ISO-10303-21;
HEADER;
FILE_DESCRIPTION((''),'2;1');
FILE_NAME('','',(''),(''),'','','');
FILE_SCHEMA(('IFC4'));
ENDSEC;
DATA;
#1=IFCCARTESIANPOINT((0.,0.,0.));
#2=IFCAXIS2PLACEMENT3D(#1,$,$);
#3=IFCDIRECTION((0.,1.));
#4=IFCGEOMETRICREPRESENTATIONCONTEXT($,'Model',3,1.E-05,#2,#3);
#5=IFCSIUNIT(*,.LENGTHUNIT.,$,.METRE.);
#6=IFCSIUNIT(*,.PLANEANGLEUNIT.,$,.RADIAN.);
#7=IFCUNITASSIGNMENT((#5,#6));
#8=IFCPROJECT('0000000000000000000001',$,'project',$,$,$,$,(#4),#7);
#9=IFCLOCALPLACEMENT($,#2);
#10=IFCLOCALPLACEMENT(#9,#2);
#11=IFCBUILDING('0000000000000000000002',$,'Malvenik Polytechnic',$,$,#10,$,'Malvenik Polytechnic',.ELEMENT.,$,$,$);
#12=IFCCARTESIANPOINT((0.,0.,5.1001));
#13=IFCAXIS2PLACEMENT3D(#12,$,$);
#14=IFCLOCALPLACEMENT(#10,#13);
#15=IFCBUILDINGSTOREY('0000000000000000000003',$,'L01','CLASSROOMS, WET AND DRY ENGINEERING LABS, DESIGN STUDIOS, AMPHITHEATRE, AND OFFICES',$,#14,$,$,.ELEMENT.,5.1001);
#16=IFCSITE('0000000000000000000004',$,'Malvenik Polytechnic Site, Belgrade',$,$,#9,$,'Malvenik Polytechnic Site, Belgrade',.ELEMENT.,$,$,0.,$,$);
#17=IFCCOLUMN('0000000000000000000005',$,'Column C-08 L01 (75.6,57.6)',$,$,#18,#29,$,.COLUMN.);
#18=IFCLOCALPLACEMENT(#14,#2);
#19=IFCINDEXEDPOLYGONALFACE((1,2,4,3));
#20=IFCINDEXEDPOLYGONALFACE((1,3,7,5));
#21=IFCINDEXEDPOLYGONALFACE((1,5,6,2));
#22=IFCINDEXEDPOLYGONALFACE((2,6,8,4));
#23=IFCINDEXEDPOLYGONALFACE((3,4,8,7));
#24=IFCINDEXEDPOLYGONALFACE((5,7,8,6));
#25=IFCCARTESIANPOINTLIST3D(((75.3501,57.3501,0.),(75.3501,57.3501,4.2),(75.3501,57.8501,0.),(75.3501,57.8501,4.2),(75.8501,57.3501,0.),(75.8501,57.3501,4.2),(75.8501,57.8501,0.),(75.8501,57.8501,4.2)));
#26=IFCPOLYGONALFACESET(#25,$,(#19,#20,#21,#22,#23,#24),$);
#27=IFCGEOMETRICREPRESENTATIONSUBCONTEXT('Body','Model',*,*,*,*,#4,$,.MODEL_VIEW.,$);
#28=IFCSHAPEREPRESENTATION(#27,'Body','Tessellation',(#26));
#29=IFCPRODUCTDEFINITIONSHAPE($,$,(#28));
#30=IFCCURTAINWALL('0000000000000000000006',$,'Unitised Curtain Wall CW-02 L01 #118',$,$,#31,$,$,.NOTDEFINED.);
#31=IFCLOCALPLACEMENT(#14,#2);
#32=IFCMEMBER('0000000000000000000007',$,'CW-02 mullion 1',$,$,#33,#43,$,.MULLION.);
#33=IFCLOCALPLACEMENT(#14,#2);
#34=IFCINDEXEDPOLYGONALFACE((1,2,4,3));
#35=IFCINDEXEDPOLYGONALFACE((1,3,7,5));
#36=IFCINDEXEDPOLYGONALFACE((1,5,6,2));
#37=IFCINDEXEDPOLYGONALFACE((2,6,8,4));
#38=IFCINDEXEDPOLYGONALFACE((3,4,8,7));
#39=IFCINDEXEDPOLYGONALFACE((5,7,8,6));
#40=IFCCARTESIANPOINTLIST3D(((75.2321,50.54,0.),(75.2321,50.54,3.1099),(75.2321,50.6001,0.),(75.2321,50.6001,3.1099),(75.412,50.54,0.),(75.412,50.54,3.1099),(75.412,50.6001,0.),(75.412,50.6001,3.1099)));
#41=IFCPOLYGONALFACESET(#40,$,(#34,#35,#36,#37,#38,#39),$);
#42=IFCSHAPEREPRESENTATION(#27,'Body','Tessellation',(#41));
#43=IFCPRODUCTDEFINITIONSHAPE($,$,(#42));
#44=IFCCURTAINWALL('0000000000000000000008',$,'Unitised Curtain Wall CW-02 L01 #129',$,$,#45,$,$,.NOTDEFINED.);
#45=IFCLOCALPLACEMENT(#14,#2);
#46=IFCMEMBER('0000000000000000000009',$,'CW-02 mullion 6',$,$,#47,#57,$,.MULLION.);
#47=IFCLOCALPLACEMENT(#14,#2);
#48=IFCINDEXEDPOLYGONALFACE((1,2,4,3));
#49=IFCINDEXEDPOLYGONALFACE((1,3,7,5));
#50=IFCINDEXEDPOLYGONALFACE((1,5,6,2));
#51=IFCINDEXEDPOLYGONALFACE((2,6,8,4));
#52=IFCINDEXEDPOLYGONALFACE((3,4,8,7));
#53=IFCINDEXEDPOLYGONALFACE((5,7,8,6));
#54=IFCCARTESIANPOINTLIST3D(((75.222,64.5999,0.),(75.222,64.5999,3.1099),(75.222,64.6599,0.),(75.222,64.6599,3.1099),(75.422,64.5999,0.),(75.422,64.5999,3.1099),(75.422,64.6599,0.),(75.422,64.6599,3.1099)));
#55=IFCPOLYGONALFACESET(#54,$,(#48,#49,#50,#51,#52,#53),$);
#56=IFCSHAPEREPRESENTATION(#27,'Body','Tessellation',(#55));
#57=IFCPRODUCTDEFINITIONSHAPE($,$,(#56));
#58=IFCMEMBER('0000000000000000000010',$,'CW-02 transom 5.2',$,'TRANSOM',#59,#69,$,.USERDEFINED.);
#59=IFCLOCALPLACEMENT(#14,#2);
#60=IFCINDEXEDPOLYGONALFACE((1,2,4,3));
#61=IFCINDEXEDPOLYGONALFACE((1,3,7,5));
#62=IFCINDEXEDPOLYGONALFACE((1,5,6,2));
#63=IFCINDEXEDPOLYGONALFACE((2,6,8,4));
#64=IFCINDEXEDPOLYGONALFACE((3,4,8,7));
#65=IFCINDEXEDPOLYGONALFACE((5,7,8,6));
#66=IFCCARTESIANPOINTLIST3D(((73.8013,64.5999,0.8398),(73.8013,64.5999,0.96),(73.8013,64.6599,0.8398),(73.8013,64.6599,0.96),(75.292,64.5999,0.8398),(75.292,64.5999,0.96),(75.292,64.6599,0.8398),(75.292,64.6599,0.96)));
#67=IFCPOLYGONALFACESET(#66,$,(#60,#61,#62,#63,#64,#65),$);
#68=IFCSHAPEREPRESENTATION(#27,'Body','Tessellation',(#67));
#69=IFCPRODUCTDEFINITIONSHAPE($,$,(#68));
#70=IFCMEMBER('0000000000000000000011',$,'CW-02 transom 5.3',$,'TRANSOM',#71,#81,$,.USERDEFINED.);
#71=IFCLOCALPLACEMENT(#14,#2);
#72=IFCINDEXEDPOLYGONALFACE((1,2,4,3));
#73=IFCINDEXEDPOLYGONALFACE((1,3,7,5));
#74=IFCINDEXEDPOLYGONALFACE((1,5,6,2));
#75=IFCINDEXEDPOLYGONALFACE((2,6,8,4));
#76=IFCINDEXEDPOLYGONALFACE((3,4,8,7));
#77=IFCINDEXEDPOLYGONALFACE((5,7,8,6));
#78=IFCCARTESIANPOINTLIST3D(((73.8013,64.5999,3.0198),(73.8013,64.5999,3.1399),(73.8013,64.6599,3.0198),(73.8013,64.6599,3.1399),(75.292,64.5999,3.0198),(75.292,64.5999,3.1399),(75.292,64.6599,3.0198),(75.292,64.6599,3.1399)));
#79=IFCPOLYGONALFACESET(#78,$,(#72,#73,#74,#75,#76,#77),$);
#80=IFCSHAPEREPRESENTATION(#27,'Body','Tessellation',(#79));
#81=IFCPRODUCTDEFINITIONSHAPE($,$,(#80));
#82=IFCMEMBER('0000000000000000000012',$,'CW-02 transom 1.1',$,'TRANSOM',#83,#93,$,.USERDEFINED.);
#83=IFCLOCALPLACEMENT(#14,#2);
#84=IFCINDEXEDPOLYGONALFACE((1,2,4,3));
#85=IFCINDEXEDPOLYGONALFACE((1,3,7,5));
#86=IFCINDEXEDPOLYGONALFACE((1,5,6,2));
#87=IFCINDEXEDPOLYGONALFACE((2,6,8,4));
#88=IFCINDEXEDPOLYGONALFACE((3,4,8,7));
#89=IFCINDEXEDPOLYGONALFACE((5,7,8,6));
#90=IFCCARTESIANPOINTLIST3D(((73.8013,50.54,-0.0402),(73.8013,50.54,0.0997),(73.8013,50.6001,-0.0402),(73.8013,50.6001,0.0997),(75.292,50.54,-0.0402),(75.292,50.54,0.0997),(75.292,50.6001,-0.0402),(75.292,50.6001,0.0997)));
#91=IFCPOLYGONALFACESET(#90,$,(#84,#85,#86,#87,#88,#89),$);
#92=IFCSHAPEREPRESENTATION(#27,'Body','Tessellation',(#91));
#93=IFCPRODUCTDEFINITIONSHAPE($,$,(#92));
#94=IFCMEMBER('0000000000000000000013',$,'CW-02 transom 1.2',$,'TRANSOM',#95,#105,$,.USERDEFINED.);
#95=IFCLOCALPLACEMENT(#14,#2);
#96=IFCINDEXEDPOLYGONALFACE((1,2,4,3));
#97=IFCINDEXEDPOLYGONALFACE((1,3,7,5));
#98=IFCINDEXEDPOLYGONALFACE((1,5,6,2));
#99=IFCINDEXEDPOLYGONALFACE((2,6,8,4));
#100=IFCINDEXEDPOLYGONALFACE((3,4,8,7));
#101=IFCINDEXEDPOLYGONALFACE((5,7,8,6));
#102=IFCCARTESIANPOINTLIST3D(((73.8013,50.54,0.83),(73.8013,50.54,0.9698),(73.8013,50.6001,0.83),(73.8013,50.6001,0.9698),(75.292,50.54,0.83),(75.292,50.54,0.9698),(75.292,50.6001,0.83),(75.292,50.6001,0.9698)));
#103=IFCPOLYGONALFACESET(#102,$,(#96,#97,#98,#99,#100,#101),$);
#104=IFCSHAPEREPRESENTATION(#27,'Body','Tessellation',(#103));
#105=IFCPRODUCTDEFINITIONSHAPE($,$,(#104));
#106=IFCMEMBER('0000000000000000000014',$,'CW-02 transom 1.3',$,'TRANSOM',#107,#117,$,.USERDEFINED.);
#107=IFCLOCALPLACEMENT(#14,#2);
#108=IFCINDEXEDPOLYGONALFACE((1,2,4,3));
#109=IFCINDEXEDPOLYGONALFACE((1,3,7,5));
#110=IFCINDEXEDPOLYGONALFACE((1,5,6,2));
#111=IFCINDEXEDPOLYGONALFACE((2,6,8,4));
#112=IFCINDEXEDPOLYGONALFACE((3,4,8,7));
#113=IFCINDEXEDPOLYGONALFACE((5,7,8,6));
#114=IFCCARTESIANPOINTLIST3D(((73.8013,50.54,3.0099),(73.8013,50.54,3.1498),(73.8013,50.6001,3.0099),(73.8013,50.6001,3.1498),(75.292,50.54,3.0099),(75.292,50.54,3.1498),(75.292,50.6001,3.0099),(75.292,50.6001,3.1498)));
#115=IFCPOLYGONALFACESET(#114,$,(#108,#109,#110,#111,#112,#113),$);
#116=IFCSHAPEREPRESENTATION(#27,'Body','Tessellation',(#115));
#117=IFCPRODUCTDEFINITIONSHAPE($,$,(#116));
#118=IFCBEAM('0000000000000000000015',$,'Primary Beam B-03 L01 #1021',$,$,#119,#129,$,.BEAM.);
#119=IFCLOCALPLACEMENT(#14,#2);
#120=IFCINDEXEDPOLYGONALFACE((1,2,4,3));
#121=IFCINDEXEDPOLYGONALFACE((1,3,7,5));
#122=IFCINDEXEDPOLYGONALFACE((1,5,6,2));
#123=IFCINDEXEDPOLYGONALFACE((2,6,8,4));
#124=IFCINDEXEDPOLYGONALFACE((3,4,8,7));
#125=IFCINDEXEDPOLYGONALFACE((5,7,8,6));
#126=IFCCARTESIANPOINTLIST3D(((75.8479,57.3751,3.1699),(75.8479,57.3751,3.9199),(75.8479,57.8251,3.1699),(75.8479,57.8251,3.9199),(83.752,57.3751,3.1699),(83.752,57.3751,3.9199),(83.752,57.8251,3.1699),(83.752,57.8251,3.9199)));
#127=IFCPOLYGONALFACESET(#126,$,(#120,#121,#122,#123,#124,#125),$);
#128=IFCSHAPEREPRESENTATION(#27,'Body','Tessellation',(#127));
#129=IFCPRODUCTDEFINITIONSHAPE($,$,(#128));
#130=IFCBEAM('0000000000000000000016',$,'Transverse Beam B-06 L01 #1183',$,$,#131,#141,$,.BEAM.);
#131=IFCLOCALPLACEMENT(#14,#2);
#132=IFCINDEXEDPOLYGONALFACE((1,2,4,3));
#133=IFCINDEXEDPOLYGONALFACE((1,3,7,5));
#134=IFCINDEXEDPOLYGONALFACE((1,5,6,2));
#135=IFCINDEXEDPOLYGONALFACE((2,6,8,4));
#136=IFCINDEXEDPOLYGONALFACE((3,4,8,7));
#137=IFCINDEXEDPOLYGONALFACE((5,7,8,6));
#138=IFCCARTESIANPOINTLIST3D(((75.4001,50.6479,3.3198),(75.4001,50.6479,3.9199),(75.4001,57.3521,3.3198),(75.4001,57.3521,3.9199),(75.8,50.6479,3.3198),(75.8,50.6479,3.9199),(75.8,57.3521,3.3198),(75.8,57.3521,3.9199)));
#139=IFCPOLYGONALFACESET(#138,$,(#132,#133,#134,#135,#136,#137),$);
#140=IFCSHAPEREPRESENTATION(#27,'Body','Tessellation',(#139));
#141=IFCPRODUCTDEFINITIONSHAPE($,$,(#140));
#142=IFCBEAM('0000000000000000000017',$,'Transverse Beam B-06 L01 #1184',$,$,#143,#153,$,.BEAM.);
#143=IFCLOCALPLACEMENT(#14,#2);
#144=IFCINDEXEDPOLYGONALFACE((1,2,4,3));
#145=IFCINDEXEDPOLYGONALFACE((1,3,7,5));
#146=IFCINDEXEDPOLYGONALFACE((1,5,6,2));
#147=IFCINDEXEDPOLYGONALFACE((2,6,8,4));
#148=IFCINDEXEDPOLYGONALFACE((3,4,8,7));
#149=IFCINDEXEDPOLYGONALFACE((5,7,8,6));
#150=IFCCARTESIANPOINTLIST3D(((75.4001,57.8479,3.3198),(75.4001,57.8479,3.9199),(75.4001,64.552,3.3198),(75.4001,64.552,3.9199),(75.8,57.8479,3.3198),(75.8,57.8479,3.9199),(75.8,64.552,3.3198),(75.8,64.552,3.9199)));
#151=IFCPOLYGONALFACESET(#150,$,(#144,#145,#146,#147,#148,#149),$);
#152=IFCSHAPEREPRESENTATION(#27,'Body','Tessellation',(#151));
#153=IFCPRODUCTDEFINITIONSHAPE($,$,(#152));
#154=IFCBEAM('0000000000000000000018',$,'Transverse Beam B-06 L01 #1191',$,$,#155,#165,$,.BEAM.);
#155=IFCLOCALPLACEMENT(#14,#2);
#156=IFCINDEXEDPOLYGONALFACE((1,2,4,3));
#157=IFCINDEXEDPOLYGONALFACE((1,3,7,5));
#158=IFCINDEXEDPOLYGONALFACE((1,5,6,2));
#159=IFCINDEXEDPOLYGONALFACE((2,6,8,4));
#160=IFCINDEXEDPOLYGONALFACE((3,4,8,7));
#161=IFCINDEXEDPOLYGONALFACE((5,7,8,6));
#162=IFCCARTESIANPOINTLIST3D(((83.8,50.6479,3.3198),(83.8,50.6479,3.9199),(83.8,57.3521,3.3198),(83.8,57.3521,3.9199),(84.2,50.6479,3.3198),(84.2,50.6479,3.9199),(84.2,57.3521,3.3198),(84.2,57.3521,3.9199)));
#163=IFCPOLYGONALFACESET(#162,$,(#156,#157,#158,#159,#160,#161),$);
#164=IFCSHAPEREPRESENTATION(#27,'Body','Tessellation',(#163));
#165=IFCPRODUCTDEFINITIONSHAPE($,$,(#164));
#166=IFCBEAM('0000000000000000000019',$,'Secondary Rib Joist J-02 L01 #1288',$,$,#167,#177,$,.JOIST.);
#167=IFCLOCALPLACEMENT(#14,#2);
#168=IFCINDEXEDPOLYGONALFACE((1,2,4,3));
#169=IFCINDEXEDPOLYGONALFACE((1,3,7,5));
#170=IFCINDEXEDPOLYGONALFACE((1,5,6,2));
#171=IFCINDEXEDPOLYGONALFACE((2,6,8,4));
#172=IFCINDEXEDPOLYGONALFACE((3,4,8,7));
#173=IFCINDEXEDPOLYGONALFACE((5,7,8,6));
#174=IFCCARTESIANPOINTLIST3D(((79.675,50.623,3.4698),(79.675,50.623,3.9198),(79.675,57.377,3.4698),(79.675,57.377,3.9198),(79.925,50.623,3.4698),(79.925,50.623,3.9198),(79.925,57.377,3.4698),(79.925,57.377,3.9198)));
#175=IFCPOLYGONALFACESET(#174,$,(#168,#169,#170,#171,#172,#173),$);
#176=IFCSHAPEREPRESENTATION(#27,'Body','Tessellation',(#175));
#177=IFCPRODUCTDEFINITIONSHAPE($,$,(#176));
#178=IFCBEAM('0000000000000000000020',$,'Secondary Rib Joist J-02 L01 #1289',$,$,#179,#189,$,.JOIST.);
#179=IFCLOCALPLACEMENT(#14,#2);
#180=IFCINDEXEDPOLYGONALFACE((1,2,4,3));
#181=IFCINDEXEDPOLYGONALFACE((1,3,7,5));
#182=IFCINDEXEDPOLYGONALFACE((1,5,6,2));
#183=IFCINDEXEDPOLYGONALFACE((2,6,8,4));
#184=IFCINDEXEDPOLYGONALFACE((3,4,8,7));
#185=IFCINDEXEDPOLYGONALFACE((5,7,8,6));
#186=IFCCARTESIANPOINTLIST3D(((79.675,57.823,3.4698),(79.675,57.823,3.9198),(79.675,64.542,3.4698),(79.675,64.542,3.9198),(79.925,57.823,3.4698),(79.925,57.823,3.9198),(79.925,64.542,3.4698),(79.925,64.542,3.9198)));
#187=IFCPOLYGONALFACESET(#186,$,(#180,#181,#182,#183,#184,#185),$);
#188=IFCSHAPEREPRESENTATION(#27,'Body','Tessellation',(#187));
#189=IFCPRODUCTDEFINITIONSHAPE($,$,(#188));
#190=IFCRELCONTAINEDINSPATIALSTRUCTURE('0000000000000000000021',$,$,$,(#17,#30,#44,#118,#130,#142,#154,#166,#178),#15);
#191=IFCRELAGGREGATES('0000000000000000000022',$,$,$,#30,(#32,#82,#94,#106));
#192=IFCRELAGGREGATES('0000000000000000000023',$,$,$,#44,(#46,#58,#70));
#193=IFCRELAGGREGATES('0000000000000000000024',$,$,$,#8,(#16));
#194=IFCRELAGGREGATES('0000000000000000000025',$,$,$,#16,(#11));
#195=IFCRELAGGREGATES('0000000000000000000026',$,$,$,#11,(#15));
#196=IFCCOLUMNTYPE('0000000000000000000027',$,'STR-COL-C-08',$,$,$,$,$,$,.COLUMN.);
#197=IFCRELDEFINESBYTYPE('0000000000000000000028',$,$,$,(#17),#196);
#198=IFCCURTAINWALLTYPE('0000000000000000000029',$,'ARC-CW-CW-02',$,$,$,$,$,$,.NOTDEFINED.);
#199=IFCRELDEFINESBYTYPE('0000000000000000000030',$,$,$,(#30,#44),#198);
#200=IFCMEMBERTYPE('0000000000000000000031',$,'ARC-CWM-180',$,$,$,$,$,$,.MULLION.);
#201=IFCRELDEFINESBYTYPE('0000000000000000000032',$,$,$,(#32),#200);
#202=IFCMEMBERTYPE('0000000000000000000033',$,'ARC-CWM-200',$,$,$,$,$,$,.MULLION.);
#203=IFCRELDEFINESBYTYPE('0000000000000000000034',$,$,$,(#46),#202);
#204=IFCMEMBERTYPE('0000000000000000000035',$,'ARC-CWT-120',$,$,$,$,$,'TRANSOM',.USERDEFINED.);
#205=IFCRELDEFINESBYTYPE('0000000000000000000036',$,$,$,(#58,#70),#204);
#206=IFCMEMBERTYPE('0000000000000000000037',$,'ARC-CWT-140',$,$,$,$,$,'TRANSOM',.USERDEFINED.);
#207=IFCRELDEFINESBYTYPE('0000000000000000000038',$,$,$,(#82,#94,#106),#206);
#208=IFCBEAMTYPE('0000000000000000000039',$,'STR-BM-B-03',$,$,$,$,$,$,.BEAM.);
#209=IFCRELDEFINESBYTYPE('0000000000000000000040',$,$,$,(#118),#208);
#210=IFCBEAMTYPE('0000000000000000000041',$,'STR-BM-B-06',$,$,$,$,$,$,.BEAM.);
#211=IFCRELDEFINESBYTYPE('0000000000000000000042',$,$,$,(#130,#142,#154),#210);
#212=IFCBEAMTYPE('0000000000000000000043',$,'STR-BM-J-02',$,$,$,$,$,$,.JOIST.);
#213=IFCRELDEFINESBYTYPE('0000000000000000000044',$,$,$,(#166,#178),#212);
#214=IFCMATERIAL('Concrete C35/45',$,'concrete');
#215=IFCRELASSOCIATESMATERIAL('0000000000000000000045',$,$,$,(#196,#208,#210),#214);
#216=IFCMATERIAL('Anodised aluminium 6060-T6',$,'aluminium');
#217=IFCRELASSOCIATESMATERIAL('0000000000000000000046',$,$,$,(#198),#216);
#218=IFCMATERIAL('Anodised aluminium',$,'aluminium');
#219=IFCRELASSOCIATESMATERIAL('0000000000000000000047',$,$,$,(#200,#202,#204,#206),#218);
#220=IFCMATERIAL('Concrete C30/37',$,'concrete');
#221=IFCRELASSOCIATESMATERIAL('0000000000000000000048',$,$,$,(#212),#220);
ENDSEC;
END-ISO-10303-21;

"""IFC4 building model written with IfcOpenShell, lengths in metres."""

from ifc_helpers import new_model, si_unit, direction, frame, origin, origin_2d, place, context, subcontext, project, spatial, rectangle, extrude, material, material_profile, profile_set, type_object, element, aggregate, save


model = new_model("IFC4")

# Units and contexts
model_context = context("Model", 3, precision=1e-05, world=origin(), true_north=direction((0.0, 1.0)))
body_context = subcontext(model_context, "Body", "Model", "MODEL_VIEW")
ifc_project = project(units=[si_unit("LENGTHUNIT", "METRE"), si_unit("PLANEANGLEUNIT", "RADIAN")], contexts=[model_context])

# Site, building, storey
site_placement = place(None, origin())
site = spatial("IfcSite", under=ifc_project, at=site_placement, Name="Malvenik Polytechnic Site, Belgrade", LongName="Malvenik Polytechnic Site, Belgrade", CompositionType="ELEMENT", RefElevation=0.0)
building_placement = place(site_placement, origin())
building = spatial("IfcBuilding", under=site, at=building_placement, Name="Malvenik Polytechnic", LongName="Malvenik Polytechnic", CompositionType="ELEMENT")
storey_placement = place(building_placement, frame((0.0, 0.0, 5.1001)))
storey = spatial("IfcBuildingStorey", under=building, at=storey_placement, Name="L01", Description="CLASSROOMS, WET AND DRY ENGINEERING LABS, DESIGN STUDIOS, AMPHITHEATRE, AND OFFICES", CompositionType="ELEMENT", Elevation=5.1001)

# Column
ifc_material_1 = material(Name="Concrete C35/45", Category="concrete")
ifc_material_profile_1 = material_profile(ifc_material_1, rectangle(XDim=0.5, YDim=0.5, at=origin_2d()), Name="RC COL 500x500")
ifc_profile_set_1 = profile_set([ifc_material_profile_1], Name="Concrete C35/45")
column_type = type_object("IfcColumnType", Name="STR-COL-C-08", PredefinedType="COLUMN", material=ifc_profile_set_1)
column_placement = place(storey_placement, frame((75.6001, 57.6001, 0.0), z_axis=(0.0, 0.0, 1.0), x_axis=(1.0, 0.0, 0.0)))
element("IfcColumn", 1, at=column_placement, inside=storey, type_object=column_type, Name="Column C-08 L01 (75.6,57.6)", PredefinedType="COLUMN", context=body_context, shape_type="SweptSolid", body=[
    extrude(rectangle(XDim=0.5, YDim=0.5, at=origin_2d()), origin(), (0.0, 0.0, 1.0), 4.2),
])

# Curtain wall, member
ifc_material_2 = material(Name="Anodised aluminium 6060-T6", Category="aluminium")
curtain_wall_type = type_object("IfcCurtainWallType", Name="ARC-CW-CW-02", PredefinedType="NOTDEFINED", material=ifc_material_2)
curtain_wall_1_placement = place(storey_placement, origin())
curtain_wall_1 = element("IfcCurtainWall", 2, at=curtain_wall_1_placement, inside=storey, type_object=curtain_wall_type, Name="Unitised Curtain Wall CW-02 L01 #118", PredefinedType="NOTDEFINED")
ifc_material_3 = material(Name="Anodised aluminium", Category="aluminium")
ifc_material_profile_2 = material_profile(ifc_material_3, rectangle(XDim=0.0601, YDim=0.1799, at=origin_2d()), Name="ALU MULLION 60x180")
ifc_profile_set_2 = profile_set([ifc_material_profile_2], Name="Anodised aluminium")
member_type_1 = type_object("IfcMemberType", Name="ARC-CWM-180", PredefinedType="MULLION", material=ifc_profile_set_2)
member_1_placement = place(storey_placement, frame((75.322, 50.5701, 0.0), z_axis=(0.0, 0.0, 1.0), x_axis=(0.0, -1.0, 0.0)))
member_1 = element("IfcMember", 3, at=member_1_placement, type_object=member_type_1, Name="CW-02 mullion 1", PredefinedType="MULLION", context=body_context, shape_type="SweptSolid", body=[
    extrude(rectangle(XDim=0.0601, YDim=0.1799, at=origin_2d()), origin(), (0.0, 0.0, 1.0), 3.1099),
])

# Curtain wall, members
curtain_wall_2_placement = place(storey_placement, origin())
curtain_wall_2 = element("IfcCurtainWall", 4, at=curtain_wall_2_placement, inside=storey, type_object=curtain_wall_type, Name="Unitised Curtain Wall CW-02 L01 #129", PredefinedType="NOTDEFINED")
ifc_material_profile_3 = material_profile(ifc_material_3, rectangle(XDim=0.0601, YDim=0.2, at=origin_2d()), Name="ALU MULLION 60x200")
ifc_profile_set_3 = profile_set([ifc_material_profile_3], Name="Anodised aluminium")
member_type_2 = type_object("IfcMemberType", Name="ARC-CWM-200", PredefinedType="MULLION", material=ifc_profile_set_3)
member_2_placement = place(storey_placement, frame((75.322, 64.6299, 0.0), z_axis=(0.0, 0.0, 1.0), x_axis=(0.0, 1.0, 0.0)))
member_2 = element("IfcMember", 5, at=member_2_placement, type_object=member_type_2, Name="CW-02 mullion 6", PredefinedType="MULLION", context=body_context, shape_type="SweptSolid", body=[
    extrude(rectangle(XDim=0.0601, YDim=0.2, at=origin_2d()), origin(), (0.0, 0.0, 1.0), 3.1099),
])
ifc_material_profile_4 = material_profile(ifc_material_3, rectangle(XDim=0.0601, YDim=0.1201, at=origin_2d()), Name="ALU TRANSOM 60x120")
ifc_profile_set_4 = profile_set([ifc_material_profile_4], Name="Anodised aluminium")
member_type_3 = type_object("IfcMemberType", Name="ARC-CWT-120", ElementType="TRANSOM", PredefinedType="USERDEFINED", material=ifc_profile_set_4)
member_3_placement = place(storey_placement, frame((73.8013, 64.6299, 0.8999), z_axis=(1.0, 0.0, 0.0), x_axis=(0.0, 1.0, 0.0)))
member_3 = element("IfcMember", 6, at=member_3_placement, type_object=member_type_3, Name="CW-02 transom 5.2", ObjectType="TRANSOM", PredefinedType="USERDEFINED", context=body_context, shape_type="SweptSolid", body=[
    extrude(rectangle(XDim=0.0601, YDim=0.1201, at=origin_2d()), origin(), (0.0, 0.0, 1.0), 1.4907),
])
member_4_placement = place(storey_placement, frame((73.8013, 64.6299, 3.0798), z_axis=(1.0, 0.0, 0.0), x_axis=(0.0, 1.0, 0.0)))
member_4 = element("IfcMember", 7, at=member_4_placement, type_object=member_type_3, Name="CW-02 transom 5.3", ObjectType="TRANSOM", PredefinedType="USERDEFINED", context=body_context, shape_type="SweptSolid", body=[
    extrude(rectangle(XDim=0.0601, YDim=0.1201, at=origin_2d()), origin(), (0.0, 0.0, 1.0), 1.4907),
])

# Members
ifc_material_profile_5 = material_profile(ifc_material_3, rectangle(XDim=0.0601, YDim=0.1399, at=origin_2d()), Name="ALU TRANSOM 60x140")
ifc_profile_set_5 = profile_set([ifc_material_profile_5], Name="Anodised aluminium")
member_type_4 = type_object("IfcMemberType", Name="ARC-CWT-140", ElementType="TRANSOM", PredefinedType="USERDEFINED", material=ifc_profile_set_5)
member_5_placement = place(storey_placement, frame((75.292, 50.5701, 0.0298), z_axis=(-1.0, 0.0, 0.0), x_axis=(0.0, -1.0, 0.0)))
member_5 = element("IfcMember", 8, at=member_5_placement, type_object=member_type_4, Name="CW-02 transom 1.1", ObjectType="TRANSOM", PredefinedType="USERDEFINED", context=body_context, shape_type="SweptSolid", body=[
    extrude(rectangle(XDim=0.0601, YDim=0.1399, at=origin_2d()), origin(), (0.0, 0.0, 1.0), 1.4907),
])
member_6_placement = place(storey_placement, frame((75.292, 50.5701, 0.8999), z_axis=(-1.0, 0.0, 0.0), x_axis=(0.0, -1.0, 0.0)))
member_6 = element("IfcMember", 9, at=member_6_placement, type_object=member_type_4, Name="CW-02 transom 1.2", ObjectType="TRANSOM", PredefinedType="USERDEFINED", context=body_context, shape_type="SweptSolid", body=[
    extrude(rectangle(XDim=0.0601, YDim=0.1399, at=origin_2d()), origin(), (0.0, 0.0, 1.0), 1.4907),
])
member_7_placement = place(storey_placement, frame((75.292, 50.5701, 3.0798), z_axis=(-1.0, 0.0, 0.0), x_axis=(0.0, -1.0, 0.0)))
member_7 = element("IfcMember", 10, at=member_7_placement, type_object=member_type_4, Name="CW-02 transom 1.3", ObjectType="TRANSOM", PredefinedType="USERDEFINED", context=body_context, shape_type="SweptSolid", body=[
    extrude(rectangle(XDim=0.0601, YDim=0.1399, at=origin_2d()), origin(), (0.0, 0.0, 1.0), 1.4907),
])

# Beams
ifc_material_profile_6 = material_profile(ifc_material_1, rectangle(XDim=0.45, YDim=0.75, at=origin_2d()), Name="RC BM 450x750")
ifc_profile_set_6 = profile_set([ifc_material_profile_6], Name="Concrete C35/45")
beam_type_1 = type_object("IfcBeamType", Name="STR-BM-B-03", PredefinedType="BEAM", material=ifc_profile_set_6)
beam_1_placement = place(storey_placement, frame((75.8479, 57.6001, 3.5449), z_axis=(1.0, 0.0, 0.0), x_axis=(0.0, 1.0, 0.0)))
element("IfcBeam", 11, at=beam_1_placement, inside=storey, type_object=beam_type_1, Name="Primary Beam B-03 L01 #1021", PredefinedType="BEAM", context=body_context, shape_type="SweptSolid", body=[
    extrude(rectangle(XDim=0.45, YDim=0.75, at=origin_2d()), origin(), (0.0, 0.0, 1.0), 7.9041),
])
ifc_material_profile_7 = material_profile(ifc_material_1, rectangle(XDim=0.3999, YDim=0.6001, at=origin_2d()), Name="RC BM 400x600")
ifc_profile_set_7 = profile_set([ifc_material_profile_7], Name="Concrete C35/45")
beam_type_2 = type_object("IfcBeamType", Name="STR-BM-B-06", PredefinedType="BEAM", material=ifc_profile_set_7)
for number, where, z_axis, x_axis, name in (
    (12, (75.6001, 50.6479, 3.6199), (0.0, 1.0, 0.0), (-1.0, 0.0, 0.0), "Transverse Beam B-06 L01 #1183"),
    (13, (75.6001, 57.8479, 3.6199), (0.0, 1.0, 0.0), (-1.0, 0.0, 0.0), "Transverse Beam B-06 L01 #1184"),
    (14, (84.0, 50.6479, 3.6199), (0.0, 1.0, 0.0), (-1.0, 0.0, 0.0), "Transverse Beam B-06 L01 #1191"),
):
    element("IfcBeam", number, at=place(storey_placement, frame(where, z_axis=z_axis, x_axis=x_axis)), inside=storey, type_object=beam_type_2, Name=name, PredefinedType="BEAM", context=body_context, shape_type="SweptSolid", body=[
        extrude(rectangle(XDim=0.3999, YDim=0.6001, at=origin_2d()), origin(), (0.0, 0.0, 1.0), 6.7041),
    ])
ifc_material_4 = material(Name="Concrete C30/37", Category="concrete")
ifc_material_profile_8 = material_profile(ifc_material_4, rectangle(XDim=0.25, YDim=0.45, at=origin_2d()), Name="RC JST 250x450")
ifc_profile_set_8 = profile_set([ifc_material_profile_8], Name="Concrete C30/37")
beam_type_3 = type_object("IfcBeamType", Name="STR-BM-J-02", PredefinedType="JOIST", material=ifc_profile_set_8)
beam_2_placement = place(storey_placement, frame((79.8, 50.623, 3.6948), z_axis=(0.0, 1.0, 0.0), x_axis=(-1.0, 0.0, 0.0)))
element("IfcBeam", 15, at=beam_2_placement, inside=storey, type_object=beam_type_3, Name="Secondary Rib Joist J-02 L01 #1288", PredefinedType="JOIST", context=body_context, shape_type="SweptSolid", body=[
    extrude(rectangle(XDim=0.25, YDim=0.45, at=origin_2d()), origin(), (0.0, 0.0, 1.0), 6.7539),
])
beam_3_placement = place(storey_placement, frame((79.8, 57.823, 3.6948), z_axis=(0.0, 1.0, 0.0), x_axis=(-1.0, 0.0, 0.0)))
element("IfcBeam", 16, at=beam_3_placement, inside=storey, type_object=beam_type_3, Name="Secondary Rib Joist J-02 L01 #1289", PredefinedType="JOIST", context=body_context, shape_type="SweptSolid", body=[
    extrude(rectangle(XDim=0.25, YDim=0.45, at=origin_2d()), origin(), (0.0, 0.0, 1.0), 6.719),
])

aggregate(curtain_wall_1, [member_1, member_5, member_6, member_7])
aggregate(curtain_wall_2, [member_2, member_3, member_4])

save(model, "model.ifc")
